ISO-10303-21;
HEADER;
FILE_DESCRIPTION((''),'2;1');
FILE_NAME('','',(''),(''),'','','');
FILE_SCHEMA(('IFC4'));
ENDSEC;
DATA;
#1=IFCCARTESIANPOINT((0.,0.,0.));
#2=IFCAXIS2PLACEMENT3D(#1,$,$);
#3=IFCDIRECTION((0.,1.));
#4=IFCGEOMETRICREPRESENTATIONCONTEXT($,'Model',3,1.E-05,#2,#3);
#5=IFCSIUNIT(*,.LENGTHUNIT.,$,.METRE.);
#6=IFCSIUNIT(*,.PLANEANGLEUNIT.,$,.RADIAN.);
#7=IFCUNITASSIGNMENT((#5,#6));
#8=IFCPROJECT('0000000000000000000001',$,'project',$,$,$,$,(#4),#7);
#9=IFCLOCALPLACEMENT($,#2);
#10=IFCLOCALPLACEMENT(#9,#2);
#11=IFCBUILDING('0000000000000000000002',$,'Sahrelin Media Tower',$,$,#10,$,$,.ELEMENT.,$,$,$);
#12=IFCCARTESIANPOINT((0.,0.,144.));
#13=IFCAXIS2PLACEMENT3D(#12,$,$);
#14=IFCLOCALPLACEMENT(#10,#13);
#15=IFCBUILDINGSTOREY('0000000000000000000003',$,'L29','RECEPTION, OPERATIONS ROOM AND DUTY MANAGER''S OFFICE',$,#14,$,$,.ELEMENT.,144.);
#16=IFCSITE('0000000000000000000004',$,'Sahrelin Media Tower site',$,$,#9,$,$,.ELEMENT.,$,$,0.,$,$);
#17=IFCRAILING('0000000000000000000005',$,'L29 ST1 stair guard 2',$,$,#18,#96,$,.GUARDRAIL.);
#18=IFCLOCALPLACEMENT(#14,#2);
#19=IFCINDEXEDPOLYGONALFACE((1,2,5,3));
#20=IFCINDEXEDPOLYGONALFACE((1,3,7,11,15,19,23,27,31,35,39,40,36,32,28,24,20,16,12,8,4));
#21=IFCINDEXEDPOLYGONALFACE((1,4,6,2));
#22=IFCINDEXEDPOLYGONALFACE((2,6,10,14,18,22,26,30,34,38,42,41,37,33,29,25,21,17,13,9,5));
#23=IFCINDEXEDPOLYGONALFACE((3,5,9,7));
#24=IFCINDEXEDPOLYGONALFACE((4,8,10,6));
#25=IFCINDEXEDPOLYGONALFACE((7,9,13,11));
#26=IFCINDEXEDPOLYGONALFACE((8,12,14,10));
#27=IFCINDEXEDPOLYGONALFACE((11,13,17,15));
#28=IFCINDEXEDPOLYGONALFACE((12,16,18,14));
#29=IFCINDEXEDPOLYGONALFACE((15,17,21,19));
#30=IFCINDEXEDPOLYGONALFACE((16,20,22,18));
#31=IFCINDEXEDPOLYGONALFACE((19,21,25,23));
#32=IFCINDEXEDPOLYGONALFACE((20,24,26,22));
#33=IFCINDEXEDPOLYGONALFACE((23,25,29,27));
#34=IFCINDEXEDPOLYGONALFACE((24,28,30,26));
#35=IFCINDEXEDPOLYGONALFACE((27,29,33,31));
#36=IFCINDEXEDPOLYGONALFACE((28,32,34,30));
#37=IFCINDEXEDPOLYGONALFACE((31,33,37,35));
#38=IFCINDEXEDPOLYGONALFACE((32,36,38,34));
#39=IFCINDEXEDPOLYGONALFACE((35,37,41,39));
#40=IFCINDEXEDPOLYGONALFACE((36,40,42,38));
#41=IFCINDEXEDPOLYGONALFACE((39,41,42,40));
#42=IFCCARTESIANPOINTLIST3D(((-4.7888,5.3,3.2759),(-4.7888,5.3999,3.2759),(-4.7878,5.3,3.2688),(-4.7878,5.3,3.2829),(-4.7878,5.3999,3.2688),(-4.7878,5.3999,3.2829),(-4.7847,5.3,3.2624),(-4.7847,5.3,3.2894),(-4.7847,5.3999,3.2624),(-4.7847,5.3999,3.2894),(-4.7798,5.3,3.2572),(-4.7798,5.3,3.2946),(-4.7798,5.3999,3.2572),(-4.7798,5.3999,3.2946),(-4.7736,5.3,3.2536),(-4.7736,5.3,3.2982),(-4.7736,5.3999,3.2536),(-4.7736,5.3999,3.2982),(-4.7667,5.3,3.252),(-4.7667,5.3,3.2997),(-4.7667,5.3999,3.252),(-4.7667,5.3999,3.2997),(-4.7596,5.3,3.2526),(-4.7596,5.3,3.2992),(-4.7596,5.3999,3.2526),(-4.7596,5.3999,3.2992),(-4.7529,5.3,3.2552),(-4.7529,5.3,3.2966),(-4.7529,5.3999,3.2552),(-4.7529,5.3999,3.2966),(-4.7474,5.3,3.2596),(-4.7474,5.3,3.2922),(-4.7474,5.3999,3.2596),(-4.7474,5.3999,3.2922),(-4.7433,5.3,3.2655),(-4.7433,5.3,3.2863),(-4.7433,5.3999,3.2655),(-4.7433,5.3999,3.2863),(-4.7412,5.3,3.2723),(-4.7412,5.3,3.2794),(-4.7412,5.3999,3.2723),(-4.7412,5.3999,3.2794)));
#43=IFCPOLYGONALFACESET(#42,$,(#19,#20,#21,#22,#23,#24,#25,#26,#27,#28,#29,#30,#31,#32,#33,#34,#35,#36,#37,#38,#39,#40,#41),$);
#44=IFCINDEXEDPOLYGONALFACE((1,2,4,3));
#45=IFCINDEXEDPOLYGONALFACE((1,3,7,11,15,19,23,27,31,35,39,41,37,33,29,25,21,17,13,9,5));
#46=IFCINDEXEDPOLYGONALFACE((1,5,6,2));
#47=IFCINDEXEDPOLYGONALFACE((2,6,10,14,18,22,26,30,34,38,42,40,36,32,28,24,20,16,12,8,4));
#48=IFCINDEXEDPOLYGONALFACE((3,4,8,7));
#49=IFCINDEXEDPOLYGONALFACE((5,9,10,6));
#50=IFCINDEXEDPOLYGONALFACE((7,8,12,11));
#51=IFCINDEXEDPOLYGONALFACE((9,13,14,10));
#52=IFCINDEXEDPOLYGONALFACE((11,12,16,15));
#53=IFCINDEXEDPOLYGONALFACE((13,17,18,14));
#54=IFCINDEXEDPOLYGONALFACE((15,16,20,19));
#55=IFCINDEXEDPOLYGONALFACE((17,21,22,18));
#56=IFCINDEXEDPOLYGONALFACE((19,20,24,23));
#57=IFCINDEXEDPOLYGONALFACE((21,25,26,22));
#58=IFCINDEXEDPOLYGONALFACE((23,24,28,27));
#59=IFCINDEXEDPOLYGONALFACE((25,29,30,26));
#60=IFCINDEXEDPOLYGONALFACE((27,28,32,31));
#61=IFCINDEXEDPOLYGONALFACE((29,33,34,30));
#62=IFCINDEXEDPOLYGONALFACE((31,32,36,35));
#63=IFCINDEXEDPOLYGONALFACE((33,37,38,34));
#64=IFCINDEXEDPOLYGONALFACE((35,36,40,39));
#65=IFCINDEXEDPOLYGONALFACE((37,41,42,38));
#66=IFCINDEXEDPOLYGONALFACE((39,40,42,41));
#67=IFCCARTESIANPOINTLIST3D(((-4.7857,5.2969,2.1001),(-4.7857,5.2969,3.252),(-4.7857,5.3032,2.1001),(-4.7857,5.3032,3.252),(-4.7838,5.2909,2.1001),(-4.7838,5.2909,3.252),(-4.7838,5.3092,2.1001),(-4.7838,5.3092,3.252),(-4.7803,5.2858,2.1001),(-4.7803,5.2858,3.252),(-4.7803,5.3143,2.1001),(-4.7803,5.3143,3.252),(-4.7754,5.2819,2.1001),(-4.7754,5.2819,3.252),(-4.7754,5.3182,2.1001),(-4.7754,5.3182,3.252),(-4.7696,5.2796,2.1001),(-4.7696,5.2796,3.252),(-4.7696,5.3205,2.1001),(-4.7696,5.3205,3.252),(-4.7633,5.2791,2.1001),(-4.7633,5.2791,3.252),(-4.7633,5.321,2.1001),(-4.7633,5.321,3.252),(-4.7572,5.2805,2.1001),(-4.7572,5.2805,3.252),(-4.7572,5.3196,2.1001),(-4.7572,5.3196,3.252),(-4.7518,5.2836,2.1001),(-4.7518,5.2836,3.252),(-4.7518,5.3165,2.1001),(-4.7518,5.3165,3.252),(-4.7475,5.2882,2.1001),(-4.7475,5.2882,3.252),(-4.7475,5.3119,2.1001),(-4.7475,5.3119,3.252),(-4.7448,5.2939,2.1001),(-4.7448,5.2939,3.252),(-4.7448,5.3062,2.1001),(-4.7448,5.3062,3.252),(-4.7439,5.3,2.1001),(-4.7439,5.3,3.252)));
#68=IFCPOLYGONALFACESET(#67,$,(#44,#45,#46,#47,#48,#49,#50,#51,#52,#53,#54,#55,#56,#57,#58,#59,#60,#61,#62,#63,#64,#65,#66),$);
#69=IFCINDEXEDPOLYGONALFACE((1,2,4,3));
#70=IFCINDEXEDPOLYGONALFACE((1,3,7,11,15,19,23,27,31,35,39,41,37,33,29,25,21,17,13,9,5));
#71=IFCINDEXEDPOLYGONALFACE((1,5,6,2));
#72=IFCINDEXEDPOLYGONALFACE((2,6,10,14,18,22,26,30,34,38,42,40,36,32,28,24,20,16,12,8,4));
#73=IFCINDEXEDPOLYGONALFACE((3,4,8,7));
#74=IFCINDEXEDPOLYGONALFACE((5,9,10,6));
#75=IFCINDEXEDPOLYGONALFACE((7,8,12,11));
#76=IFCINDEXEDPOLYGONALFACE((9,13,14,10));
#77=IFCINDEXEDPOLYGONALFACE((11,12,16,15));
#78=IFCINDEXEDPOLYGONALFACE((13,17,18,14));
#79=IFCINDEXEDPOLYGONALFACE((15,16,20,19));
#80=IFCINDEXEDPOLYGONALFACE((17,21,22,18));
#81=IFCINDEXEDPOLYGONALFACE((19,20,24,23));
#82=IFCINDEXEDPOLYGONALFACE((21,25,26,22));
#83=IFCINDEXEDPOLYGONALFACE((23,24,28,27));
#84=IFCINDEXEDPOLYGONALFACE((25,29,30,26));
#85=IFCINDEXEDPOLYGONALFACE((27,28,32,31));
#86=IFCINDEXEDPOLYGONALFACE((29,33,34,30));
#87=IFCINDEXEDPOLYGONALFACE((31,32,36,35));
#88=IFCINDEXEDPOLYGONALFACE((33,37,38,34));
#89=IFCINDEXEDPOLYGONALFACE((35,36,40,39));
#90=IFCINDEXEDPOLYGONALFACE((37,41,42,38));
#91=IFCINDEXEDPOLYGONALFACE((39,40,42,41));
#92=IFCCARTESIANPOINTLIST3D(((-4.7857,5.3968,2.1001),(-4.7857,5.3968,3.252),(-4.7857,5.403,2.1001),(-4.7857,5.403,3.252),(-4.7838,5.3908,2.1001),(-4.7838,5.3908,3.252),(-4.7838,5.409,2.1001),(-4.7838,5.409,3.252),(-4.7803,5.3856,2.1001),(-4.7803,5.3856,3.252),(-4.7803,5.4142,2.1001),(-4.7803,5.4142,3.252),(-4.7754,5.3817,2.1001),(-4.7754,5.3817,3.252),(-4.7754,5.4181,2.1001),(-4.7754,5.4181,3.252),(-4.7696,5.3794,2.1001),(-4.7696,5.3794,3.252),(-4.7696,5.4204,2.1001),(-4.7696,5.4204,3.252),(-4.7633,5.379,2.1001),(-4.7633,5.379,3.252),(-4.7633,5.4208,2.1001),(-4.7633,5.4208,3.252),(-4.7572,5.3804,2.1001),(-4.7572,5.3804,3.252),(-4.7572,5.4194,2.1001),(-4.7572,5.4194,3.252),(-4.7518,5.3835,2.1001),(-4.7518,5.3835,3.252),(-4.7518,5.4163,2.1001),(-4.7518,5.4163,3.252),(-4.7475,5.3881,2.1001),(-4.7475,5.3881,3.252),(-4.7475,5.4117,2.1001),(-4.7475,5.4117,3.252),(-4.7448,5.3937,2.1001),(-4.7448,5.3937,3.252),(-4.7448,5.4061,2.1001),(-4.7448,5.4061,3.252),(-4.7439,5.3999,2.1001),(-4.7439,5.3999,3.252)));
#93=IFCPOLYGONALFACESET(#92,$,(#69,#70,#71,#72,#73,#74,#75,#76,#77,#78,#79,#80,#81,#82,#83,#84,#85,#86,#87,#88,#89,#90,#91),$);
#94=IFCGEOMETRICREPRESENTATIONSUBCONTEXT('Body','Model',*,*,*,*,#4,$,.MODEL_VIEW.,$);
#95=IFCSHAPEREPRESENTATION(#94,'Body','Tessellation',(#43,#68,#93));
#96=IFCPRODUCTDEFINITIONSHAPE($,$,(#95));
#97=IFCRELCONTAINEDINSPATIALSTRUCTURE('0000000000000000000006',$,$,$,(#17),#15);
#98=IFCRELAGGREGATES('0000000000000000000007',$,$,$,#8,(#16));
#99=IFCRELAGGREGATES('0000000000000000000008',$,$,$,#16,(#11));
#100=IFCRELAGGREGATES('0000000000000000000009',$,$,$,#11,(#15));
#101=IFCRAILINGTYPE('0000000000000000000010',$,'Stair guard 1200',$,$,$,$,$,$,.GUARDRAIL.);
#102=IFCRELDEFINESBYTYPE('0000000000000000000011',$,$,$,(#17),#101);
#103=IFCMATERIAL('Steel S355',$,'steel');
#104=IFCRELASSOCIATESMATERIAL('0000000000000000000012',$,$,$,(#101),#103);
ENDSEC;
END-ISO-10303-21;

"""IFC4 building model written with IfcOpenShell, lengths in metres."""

from ifc_helpers import new_model, si_unit, direction, frame, origin, origin_2d, place, context, subcontext, project, spatial, circle, extrude, material, type_object, element, save


model = new_model("IFC4")

# Units and contexts
model_context = context("Model", 3, precision=1e-05, world=origin(), true_north=direction((0.0, 1.0)))
body_context = subcontext(model_context, "Body", "Model", "MODEL_VIEW")
ifc_project = project(units=[si_unit("LENGTHUNIT", "METRE"), si_unit("PLANEANGLEUNIT", "RADIAN")], contexts=[model_context])

# Site, building, storey
site_placement = place(None, origin())
site = spatial("IfcSite", under=ifc_project, at=site_placement, Name="Sahrelin Media Tower site", CompositionType="ELEMENT", RefElevation=0.0)
building_placement = place(site_placement, origin())
building = spatial("IfcBuilding", under=site, at=building_placement, Name="Sahrelin Media Tower", CompositionType="ELEMENT")
storey_placement = place(building_placement, frame((0.0, 0.0, 144.0)))
storey = spatial("IfcBuildingStorey", under=building, at=storey_placement, Name="L29", Description="RECEPTION, OPERATIONS ROOM AND DUTY MANAGER'S OFFICE", CompositionType="ELEMENT", Elevation=144.0)

# Shared definitions
ifc_material_1 = material(Name="Steel S355", Category="steel")

# Railing
railing_type_1 = type_object("IfcRailingType", Name="Stair guard 1200", PredefinedType="GUARDRAIL", material=ifc_material_1)
railing_1_placement = place(storey_placement, frame((-4.7649, 5.3, 2.1001)))
element("IfcRailing", 1, at=railing_1_placement, inside=storey, type_object=railing_type_1, Name="L29 ST1 stair guard 2", PredefinedType="GUARDRAIL", context=body_context, shape_type="SweptSolid", body=[
    extrude(circle(Radius=0.0239, at=origin_2d()), frame((0.0, 0.0, 1.1758), z_axis=(0.0, 1.0, 0.0), x_axis=(-1.0, 0.0, 0.0)), (0.0, 0.0, 1.0), 0.0999),
    extrude(circle(Radius=0.021, at=origin_2d()), origin(), (0.0, 0.0, 1.0), 1.1519),
    extrude(circle(Radius=0.021, at=origin_2d()), frame((0.0, 0.0999, 0.0)), (0.0, 0.0, 1.0), 1.1519),
])

save(model, "model.ifc")
